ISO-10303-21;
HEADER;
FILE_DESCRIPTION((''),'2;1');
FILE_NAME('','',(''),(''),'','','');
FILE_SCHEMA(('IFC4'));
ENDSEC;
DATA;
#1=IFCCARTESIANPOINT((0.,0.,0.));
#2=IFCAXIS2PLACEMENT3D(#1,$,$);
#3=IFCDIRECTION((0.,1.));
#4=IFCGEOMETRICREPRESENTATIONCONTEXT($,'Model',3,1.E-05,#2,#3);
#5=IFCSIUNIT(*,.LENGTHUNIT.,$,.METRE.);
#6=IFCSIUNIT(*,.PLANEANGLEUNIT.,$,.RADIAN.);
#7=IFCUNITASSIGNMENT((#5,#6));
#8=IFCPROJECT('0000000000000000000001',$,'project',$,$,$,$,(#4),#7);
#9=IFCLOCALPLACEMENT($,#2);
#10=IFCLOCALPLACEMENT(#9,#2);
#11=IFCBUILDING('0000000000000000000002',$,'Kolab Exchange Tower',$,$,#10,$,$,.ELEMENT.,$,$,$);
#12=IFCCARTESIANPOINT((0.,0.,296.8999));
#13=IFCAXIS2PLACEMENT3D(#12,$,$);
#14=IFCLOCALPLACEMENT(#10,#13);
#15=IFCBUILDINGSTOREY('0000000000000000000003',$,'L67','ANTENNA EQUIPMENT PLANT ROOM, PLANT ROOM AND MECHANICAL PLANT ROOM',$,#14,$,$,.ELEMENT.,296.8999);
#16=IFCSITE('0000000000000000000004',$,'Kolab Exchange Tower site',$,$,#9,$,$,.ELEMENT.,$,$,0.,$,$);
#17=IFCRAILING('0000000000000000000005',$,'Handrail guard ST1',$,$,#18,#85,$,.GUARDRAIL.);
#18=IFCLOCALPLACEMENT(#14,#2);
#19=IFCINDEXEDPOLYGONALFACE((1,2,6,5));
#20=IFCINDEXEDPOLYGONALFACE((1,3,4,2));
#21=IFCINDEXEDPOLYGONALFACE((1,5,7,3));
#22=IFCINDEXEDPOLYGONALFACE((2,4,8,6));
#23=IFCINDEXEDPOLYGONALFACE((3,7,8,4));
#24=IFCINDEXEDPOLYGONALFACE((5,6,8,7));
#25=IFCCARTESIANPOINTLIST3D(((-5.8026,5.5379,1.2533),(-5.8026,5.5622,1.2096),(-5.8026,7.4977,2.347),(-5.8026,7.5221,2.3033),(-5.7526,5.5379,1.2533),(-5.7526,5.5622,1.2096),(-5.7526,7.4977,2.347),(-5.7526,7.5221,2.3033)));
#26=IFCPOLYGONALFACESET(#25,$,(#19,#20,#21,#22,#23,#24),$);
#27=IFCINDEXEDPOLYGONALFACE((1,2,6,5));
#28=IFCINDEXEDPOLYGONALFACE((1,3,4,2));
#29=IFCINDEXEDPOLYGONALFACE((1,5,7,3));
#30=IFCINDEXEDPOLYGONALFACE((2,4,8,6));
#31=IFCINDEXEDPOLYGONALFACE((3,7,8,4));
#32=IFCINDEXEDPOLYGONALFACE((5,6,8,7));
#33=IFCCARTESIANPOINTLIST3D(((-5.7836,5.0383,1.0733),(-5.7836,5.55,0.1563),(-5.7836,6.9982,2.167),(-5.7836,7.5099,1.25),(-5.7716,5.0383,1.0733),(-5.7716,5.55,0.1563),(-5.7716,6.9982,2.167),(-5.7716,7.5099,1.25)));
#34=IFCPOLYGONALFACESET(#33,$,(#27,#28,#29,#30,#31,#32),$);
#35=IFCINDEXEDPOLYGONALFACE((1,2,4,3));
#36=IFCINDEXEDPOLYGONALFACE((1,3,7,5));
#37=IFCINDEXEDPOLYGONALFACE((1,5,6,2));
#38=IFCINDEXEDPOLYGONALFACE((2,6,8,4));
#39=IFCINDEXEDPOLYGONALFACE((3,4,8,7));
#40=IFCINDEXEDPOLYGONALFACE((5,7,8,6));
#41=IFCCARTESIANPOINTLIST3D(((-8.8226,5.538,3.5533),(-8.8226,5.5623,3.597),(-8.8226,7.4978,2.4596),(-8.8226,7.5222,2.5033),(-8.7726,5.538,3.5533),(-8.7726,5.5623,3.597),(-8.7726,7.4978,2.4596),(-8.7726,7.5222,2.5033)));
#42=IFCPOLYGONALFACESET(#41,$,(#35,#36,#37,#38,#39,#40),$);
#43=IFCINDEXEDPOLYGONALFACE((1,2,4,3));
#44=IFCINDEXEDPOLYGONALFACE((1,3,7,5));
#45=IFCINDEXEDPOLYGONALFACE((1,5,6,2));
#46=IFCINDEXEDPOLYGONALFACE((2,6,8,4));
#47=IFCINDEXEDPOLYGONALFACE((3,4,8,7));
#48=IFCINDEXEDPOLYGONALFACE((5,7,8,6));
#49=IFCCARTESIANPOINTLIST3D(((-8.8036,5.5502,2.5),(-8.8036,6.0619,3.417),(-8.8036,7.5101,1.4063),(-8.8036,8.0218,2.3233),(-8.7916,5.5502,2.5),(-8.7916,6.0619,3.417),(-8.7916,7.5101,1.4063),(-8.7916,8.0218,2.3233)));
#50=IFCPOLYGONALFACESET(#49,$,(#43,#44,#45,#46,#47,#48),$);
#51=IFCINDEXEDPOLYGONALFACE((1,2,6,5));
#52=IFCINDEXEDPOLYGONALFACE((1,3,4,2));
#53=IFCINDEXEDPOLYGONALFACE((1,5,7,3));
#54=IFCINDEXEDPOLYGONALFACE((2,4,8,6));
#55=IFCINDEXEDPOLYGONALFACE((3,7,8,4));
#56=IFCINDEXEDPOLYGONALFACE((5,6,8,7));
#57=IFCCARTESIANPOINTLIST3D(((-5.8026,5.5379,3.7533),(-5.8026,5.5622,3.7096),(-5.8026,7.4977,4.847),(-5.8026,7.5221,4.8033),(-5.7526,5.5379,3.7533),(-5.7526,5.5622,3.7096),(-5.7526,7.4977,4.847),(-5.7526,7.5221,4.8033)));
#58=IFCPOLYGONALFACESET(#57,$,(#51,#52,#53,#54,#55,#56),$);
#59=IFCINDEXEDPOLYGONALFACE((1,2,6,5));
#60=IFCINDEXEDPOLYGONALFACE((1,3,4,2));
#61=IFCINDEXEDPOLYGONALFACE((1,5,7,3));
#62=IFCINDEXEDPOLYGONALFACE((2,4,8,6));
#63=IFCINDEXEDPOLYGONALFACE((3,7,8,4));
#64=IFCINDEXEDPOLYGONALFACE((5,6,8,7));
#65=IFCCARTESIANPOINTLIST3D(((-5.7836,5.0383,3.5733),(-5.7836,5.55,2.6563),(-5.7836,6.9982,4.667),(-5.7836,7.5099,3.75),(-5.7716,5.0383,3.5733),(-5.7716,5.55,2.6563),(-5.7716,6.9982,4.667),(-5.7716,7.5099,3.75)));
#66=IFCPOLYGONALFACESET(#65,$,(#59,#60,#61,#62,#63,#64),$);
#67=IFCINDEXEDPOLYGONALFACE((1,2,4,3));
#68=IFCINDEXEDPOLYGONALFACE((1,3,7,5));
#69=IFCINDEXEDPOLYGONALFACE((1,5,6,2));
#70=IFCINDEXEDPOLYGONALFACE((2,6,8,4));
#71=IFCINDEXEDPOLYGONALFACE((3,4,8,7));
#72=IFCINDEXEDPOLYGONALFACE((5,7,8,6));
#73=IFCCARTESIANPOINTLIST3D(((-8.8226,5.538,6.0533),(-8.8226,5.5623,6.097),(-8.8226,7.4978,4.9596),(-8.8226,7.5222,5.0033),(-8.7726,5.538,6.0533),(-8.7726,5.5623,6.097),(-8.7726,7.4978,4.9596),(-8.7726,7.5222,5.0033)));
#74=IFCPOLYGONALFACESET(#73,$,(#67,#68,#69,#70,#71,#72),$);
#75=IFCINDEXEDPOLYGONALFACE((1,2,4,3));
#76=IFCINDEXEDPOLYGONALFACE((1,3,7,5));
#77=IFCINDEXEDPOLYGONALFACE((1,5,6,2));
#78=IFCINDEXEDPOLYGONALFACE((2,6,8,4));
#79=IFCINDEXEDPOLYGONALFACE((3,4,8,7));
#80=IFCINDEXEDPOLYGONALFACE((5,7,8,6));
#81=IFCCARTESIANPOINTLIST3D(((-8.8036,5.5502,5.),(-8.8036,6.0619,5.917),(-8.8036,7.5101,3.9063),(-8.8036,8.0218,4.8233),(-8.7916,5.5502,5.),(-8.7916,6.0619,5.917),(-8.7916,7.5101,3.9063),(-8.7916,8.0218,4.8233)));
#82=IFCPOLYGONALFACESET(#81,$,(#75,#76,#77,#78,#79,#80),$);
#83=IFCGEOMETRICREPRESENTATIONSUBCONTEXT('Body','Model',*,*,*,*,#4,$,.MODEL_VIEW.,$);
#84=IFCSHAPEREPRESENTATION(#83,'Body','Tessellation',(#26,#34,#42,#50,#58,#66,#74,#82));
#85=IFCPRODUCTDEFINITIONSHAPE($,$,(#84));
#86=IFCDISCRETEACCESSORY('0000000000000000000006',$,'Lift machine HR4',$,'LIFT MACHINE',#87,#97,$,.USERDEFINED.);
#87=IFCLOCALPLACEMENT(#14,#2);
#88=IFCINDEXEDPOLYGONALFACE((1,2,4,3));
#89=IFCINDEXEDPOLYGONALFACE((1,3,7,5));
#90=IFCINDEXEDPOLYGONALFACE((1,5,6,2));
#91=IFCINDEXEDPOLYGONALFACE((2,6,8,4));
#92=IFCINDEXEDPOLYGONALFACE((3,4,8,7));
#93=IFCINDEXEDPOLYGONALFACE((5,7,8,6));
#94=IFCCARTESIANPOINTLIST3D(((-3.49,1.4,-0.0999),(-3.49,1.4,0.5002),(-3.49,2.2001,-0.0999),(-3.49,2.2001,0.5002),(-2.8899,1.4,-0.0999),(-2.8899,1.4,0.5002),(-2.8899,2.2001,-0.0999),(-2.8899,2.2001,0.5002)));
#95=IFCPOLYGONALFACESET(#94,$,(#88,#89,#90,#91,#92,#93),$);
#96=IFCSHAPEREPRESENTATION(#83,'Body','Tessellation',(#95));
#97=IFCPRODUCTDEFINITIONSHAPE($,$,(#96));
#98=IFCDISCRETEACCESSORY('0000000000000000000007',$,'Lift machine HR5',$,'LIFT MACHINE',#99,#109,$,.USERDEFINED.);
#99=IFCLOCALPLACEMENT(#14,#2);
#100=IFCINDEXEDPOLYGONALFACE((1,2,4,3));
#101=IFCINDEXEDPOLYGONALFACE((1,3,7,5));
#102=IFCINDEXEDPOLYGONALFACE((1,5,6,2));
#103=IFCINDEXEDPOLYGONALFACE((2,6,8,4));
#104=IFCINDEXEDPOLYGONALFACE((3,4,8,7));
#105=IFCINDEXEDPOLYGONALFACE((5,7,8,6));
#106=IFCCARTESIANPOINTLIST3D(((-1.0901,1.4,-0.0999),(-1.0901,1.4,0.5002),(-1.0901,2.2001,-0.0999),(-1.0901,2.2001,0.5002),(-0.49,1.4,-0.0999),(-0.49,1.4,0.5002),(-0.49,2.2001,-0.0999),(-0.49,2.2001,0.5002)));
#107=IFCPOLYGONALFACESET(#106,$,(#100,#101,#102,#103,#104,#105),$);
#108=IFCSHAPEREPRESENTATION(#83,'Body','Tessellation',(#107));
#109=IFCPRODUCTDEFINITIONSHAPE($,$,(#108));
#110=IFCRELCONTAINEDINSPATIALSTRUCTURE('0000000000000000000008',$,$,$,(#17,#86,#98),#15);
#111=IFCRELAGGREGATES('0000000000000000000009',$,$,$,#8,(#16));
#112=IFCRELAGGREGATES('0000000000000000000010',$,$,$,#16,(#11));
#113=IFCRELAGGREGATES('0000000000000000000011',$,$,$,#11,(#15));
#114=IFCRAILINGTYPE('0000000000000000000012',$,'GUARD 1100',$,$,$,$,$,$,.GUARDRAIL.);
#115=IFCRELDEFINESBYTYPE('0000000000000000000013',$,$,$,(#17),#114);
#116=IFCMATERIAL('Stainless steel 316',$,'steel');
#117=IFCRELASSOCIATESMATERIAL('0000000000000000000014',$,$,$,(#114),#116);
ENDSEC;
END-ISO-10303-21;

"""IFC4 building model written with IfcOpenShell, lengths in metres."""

from ifc_helpers import new_model, si_unit, direction, frame, frame_2d, origin, origin_2d, place, context, subcontext, project, spatial, rectangle, extrude, material, type_object, element, save


model = new_model("IFC4")

# Units and contexts
model_context = context("Model", 3, precision=1e-05, world=origin(), true_north=direction((0.0, 1.0)))
body_context = subcontext(model_context, "Body", "Model", "MODEL_VIEW")
ifc_project = project(units=[si_unit("LENGTHUNIT", "METRE"), si_unit("PLANEANGLEUNIT", "RADIAN")], contexts=[model_context])

# Site, building, storey
site_placement = place(None, origin())
site = spatial("IfcSite", under=ifc_project, at=site_placement, Name="Kolab Exchange Tower site", CompositionType="ELEMENT", RefElevation=0.0)
building_placement = place(site_placement, origin())
building = spatial("IfcBuilding", under=site, at=building_placement, Name="Kolab Exchange Tower", CompositionType="ELEMENT")
storey_placement = place(building_placement, frame((0.0, 0.0, 296.8999)))
storey = spatial("IfcBuildingStorey", under=building, at=storey_placement, Name="L67", Description="ANTENNA EQUIPMENT PLANT ROOM, PLANT ROOM AND MECHANICAL PLANT ROOM", CompositionType="ELEMENT", Elevation=296.8999)

# Railing
ifc_material_1 = material(Name="Stainless steel 316", Category="steel")
railing_type = type_object("IfcRailingType", Name="GUARD 1100", PredefinedType="GUARDRAIL", material=ifc_material_1)
railing_placement = place(storey_placement, frame((-5.7776, 5.55, 0.1562)))
element("IfcRailing", 1, at=railing_placement, inside=storey, type_object=railing_type, Name="Handrail guard ST1", PredefinedType="GUARDRAIL", context=body_context, shape_type="SweptSolid", body=[
    extrude(rectangle(XDim=0.05, YDim=0.05, at=origin_2d()), frame((0.0, 0.0, 1.0752), z_axis=(0.0, 0.873232, 0.487304), x_axis=(-1.0, 0.0, 0.0)), (0.0, 0.0, 1.0), 2.2444),
    extrude(rectangle(XDim=0.012, YDim=1.0501, at=frame_2d((0.0, 0.5251))), frame((0.0, 0.0, 0.0), z_axis=(0.0, 0.873232, 0.487304), x_axis=(-1.0, 0.0, 0.0)), (0.0, 0.0, 1.0), 2.2444),
    extrude(rectangle(XDim=0.05, YDim=0.05, at=origin_2d()), frame((-3.02, 1.96, 2.3252), z_axis=(0.0, -0.873232, 0.487304), x_axis=(1.0, 0.0, 0.0)), (0.0, 0.0, 1.0), 2.2444),
    extrude(rectangle(XDim=0.012, YDim=1.0501, at=frame_2d((0.0, 0.5251))), frame((-3.02, 1.96, 1.25), z_axis=(0.0, -0.873232, 0.487304), x_axis=(1.0, 0.0, 0.0)), (0.0, 0.0, 1.0), 2.2444),
    extrude(rectangle(XDim=0.05, YDim=0.05, at=origin_2d()), frame((0.0, 0.0, 3.5752), z_axis=(0.0, 0.873232, 0.487304), x_axis=(-1.0, 0.0, 0.0)), (0.0, 0.0, 1.0), 2.2444),
    extrude(rectangle(XDim=0.012, YDim=1.0501, at=frame_2d((0.0, 0.5251))), frame((0.0, 0.0, 2.5), z_axis=(0.0, 0.873232, 0.487304), x_axis=(-1.0, 0.0, 0.0)), (0.0, 0.0, 1.0), 2.2444),
    extrude(rectangle(XDim=0.05, YDim=0.05, at=origin_2d()), frame((-3.02, 1.96, 4.8252), z_axis=(0.0, -0.873232, 0.487304), x_axis=(1.0, 0.0, 0.0)), (0.0, 0.0, 1.0), 2.2444),
    extrude(rectangle(XDim=0.012, YDim=1.0501, at=frame_2d((0.0, 0.5251))), frame((-3.02, 1.96, 3.75), z_axis=(0.0, -0.873232, 0.487304), x_axis=(1.0, 0.0, 0.0)), (0.0, 0.0, 1.0), 2.2444),
])

# Discrete accessories
for number, where, z_axis, x_axis, name in (
    (2, (-3.1899, 1.8, -0.0999), (0.0, 0.0, 1.0), (1.0, 0.0, 0.0), "Lift machine HR4"),
    (3, (-0.79, 1.8, -0.0999), (0.0, 0.0, 1.0), (1.0, 0.0, 0.0), "Lift machine HR5"),
):
    element("IfcDiscreteAccessory", number, at=place(storey_placement, frame(where, z_axis=z_axis, x_axis=x_axis)), inside=storey, Name=name, ObjectType="LIFT MACHINE", PredefinedType="USERDEFINED", context=body_context, shape_type="SweptSolid", body=[
        extrude(rectangle(XDim=0.6001, YDim=0.8, at=origin_2d()), origin(), (0.0, 0.0, 1.0), 0.6001),
    ])

save(model, "model.ifc")
